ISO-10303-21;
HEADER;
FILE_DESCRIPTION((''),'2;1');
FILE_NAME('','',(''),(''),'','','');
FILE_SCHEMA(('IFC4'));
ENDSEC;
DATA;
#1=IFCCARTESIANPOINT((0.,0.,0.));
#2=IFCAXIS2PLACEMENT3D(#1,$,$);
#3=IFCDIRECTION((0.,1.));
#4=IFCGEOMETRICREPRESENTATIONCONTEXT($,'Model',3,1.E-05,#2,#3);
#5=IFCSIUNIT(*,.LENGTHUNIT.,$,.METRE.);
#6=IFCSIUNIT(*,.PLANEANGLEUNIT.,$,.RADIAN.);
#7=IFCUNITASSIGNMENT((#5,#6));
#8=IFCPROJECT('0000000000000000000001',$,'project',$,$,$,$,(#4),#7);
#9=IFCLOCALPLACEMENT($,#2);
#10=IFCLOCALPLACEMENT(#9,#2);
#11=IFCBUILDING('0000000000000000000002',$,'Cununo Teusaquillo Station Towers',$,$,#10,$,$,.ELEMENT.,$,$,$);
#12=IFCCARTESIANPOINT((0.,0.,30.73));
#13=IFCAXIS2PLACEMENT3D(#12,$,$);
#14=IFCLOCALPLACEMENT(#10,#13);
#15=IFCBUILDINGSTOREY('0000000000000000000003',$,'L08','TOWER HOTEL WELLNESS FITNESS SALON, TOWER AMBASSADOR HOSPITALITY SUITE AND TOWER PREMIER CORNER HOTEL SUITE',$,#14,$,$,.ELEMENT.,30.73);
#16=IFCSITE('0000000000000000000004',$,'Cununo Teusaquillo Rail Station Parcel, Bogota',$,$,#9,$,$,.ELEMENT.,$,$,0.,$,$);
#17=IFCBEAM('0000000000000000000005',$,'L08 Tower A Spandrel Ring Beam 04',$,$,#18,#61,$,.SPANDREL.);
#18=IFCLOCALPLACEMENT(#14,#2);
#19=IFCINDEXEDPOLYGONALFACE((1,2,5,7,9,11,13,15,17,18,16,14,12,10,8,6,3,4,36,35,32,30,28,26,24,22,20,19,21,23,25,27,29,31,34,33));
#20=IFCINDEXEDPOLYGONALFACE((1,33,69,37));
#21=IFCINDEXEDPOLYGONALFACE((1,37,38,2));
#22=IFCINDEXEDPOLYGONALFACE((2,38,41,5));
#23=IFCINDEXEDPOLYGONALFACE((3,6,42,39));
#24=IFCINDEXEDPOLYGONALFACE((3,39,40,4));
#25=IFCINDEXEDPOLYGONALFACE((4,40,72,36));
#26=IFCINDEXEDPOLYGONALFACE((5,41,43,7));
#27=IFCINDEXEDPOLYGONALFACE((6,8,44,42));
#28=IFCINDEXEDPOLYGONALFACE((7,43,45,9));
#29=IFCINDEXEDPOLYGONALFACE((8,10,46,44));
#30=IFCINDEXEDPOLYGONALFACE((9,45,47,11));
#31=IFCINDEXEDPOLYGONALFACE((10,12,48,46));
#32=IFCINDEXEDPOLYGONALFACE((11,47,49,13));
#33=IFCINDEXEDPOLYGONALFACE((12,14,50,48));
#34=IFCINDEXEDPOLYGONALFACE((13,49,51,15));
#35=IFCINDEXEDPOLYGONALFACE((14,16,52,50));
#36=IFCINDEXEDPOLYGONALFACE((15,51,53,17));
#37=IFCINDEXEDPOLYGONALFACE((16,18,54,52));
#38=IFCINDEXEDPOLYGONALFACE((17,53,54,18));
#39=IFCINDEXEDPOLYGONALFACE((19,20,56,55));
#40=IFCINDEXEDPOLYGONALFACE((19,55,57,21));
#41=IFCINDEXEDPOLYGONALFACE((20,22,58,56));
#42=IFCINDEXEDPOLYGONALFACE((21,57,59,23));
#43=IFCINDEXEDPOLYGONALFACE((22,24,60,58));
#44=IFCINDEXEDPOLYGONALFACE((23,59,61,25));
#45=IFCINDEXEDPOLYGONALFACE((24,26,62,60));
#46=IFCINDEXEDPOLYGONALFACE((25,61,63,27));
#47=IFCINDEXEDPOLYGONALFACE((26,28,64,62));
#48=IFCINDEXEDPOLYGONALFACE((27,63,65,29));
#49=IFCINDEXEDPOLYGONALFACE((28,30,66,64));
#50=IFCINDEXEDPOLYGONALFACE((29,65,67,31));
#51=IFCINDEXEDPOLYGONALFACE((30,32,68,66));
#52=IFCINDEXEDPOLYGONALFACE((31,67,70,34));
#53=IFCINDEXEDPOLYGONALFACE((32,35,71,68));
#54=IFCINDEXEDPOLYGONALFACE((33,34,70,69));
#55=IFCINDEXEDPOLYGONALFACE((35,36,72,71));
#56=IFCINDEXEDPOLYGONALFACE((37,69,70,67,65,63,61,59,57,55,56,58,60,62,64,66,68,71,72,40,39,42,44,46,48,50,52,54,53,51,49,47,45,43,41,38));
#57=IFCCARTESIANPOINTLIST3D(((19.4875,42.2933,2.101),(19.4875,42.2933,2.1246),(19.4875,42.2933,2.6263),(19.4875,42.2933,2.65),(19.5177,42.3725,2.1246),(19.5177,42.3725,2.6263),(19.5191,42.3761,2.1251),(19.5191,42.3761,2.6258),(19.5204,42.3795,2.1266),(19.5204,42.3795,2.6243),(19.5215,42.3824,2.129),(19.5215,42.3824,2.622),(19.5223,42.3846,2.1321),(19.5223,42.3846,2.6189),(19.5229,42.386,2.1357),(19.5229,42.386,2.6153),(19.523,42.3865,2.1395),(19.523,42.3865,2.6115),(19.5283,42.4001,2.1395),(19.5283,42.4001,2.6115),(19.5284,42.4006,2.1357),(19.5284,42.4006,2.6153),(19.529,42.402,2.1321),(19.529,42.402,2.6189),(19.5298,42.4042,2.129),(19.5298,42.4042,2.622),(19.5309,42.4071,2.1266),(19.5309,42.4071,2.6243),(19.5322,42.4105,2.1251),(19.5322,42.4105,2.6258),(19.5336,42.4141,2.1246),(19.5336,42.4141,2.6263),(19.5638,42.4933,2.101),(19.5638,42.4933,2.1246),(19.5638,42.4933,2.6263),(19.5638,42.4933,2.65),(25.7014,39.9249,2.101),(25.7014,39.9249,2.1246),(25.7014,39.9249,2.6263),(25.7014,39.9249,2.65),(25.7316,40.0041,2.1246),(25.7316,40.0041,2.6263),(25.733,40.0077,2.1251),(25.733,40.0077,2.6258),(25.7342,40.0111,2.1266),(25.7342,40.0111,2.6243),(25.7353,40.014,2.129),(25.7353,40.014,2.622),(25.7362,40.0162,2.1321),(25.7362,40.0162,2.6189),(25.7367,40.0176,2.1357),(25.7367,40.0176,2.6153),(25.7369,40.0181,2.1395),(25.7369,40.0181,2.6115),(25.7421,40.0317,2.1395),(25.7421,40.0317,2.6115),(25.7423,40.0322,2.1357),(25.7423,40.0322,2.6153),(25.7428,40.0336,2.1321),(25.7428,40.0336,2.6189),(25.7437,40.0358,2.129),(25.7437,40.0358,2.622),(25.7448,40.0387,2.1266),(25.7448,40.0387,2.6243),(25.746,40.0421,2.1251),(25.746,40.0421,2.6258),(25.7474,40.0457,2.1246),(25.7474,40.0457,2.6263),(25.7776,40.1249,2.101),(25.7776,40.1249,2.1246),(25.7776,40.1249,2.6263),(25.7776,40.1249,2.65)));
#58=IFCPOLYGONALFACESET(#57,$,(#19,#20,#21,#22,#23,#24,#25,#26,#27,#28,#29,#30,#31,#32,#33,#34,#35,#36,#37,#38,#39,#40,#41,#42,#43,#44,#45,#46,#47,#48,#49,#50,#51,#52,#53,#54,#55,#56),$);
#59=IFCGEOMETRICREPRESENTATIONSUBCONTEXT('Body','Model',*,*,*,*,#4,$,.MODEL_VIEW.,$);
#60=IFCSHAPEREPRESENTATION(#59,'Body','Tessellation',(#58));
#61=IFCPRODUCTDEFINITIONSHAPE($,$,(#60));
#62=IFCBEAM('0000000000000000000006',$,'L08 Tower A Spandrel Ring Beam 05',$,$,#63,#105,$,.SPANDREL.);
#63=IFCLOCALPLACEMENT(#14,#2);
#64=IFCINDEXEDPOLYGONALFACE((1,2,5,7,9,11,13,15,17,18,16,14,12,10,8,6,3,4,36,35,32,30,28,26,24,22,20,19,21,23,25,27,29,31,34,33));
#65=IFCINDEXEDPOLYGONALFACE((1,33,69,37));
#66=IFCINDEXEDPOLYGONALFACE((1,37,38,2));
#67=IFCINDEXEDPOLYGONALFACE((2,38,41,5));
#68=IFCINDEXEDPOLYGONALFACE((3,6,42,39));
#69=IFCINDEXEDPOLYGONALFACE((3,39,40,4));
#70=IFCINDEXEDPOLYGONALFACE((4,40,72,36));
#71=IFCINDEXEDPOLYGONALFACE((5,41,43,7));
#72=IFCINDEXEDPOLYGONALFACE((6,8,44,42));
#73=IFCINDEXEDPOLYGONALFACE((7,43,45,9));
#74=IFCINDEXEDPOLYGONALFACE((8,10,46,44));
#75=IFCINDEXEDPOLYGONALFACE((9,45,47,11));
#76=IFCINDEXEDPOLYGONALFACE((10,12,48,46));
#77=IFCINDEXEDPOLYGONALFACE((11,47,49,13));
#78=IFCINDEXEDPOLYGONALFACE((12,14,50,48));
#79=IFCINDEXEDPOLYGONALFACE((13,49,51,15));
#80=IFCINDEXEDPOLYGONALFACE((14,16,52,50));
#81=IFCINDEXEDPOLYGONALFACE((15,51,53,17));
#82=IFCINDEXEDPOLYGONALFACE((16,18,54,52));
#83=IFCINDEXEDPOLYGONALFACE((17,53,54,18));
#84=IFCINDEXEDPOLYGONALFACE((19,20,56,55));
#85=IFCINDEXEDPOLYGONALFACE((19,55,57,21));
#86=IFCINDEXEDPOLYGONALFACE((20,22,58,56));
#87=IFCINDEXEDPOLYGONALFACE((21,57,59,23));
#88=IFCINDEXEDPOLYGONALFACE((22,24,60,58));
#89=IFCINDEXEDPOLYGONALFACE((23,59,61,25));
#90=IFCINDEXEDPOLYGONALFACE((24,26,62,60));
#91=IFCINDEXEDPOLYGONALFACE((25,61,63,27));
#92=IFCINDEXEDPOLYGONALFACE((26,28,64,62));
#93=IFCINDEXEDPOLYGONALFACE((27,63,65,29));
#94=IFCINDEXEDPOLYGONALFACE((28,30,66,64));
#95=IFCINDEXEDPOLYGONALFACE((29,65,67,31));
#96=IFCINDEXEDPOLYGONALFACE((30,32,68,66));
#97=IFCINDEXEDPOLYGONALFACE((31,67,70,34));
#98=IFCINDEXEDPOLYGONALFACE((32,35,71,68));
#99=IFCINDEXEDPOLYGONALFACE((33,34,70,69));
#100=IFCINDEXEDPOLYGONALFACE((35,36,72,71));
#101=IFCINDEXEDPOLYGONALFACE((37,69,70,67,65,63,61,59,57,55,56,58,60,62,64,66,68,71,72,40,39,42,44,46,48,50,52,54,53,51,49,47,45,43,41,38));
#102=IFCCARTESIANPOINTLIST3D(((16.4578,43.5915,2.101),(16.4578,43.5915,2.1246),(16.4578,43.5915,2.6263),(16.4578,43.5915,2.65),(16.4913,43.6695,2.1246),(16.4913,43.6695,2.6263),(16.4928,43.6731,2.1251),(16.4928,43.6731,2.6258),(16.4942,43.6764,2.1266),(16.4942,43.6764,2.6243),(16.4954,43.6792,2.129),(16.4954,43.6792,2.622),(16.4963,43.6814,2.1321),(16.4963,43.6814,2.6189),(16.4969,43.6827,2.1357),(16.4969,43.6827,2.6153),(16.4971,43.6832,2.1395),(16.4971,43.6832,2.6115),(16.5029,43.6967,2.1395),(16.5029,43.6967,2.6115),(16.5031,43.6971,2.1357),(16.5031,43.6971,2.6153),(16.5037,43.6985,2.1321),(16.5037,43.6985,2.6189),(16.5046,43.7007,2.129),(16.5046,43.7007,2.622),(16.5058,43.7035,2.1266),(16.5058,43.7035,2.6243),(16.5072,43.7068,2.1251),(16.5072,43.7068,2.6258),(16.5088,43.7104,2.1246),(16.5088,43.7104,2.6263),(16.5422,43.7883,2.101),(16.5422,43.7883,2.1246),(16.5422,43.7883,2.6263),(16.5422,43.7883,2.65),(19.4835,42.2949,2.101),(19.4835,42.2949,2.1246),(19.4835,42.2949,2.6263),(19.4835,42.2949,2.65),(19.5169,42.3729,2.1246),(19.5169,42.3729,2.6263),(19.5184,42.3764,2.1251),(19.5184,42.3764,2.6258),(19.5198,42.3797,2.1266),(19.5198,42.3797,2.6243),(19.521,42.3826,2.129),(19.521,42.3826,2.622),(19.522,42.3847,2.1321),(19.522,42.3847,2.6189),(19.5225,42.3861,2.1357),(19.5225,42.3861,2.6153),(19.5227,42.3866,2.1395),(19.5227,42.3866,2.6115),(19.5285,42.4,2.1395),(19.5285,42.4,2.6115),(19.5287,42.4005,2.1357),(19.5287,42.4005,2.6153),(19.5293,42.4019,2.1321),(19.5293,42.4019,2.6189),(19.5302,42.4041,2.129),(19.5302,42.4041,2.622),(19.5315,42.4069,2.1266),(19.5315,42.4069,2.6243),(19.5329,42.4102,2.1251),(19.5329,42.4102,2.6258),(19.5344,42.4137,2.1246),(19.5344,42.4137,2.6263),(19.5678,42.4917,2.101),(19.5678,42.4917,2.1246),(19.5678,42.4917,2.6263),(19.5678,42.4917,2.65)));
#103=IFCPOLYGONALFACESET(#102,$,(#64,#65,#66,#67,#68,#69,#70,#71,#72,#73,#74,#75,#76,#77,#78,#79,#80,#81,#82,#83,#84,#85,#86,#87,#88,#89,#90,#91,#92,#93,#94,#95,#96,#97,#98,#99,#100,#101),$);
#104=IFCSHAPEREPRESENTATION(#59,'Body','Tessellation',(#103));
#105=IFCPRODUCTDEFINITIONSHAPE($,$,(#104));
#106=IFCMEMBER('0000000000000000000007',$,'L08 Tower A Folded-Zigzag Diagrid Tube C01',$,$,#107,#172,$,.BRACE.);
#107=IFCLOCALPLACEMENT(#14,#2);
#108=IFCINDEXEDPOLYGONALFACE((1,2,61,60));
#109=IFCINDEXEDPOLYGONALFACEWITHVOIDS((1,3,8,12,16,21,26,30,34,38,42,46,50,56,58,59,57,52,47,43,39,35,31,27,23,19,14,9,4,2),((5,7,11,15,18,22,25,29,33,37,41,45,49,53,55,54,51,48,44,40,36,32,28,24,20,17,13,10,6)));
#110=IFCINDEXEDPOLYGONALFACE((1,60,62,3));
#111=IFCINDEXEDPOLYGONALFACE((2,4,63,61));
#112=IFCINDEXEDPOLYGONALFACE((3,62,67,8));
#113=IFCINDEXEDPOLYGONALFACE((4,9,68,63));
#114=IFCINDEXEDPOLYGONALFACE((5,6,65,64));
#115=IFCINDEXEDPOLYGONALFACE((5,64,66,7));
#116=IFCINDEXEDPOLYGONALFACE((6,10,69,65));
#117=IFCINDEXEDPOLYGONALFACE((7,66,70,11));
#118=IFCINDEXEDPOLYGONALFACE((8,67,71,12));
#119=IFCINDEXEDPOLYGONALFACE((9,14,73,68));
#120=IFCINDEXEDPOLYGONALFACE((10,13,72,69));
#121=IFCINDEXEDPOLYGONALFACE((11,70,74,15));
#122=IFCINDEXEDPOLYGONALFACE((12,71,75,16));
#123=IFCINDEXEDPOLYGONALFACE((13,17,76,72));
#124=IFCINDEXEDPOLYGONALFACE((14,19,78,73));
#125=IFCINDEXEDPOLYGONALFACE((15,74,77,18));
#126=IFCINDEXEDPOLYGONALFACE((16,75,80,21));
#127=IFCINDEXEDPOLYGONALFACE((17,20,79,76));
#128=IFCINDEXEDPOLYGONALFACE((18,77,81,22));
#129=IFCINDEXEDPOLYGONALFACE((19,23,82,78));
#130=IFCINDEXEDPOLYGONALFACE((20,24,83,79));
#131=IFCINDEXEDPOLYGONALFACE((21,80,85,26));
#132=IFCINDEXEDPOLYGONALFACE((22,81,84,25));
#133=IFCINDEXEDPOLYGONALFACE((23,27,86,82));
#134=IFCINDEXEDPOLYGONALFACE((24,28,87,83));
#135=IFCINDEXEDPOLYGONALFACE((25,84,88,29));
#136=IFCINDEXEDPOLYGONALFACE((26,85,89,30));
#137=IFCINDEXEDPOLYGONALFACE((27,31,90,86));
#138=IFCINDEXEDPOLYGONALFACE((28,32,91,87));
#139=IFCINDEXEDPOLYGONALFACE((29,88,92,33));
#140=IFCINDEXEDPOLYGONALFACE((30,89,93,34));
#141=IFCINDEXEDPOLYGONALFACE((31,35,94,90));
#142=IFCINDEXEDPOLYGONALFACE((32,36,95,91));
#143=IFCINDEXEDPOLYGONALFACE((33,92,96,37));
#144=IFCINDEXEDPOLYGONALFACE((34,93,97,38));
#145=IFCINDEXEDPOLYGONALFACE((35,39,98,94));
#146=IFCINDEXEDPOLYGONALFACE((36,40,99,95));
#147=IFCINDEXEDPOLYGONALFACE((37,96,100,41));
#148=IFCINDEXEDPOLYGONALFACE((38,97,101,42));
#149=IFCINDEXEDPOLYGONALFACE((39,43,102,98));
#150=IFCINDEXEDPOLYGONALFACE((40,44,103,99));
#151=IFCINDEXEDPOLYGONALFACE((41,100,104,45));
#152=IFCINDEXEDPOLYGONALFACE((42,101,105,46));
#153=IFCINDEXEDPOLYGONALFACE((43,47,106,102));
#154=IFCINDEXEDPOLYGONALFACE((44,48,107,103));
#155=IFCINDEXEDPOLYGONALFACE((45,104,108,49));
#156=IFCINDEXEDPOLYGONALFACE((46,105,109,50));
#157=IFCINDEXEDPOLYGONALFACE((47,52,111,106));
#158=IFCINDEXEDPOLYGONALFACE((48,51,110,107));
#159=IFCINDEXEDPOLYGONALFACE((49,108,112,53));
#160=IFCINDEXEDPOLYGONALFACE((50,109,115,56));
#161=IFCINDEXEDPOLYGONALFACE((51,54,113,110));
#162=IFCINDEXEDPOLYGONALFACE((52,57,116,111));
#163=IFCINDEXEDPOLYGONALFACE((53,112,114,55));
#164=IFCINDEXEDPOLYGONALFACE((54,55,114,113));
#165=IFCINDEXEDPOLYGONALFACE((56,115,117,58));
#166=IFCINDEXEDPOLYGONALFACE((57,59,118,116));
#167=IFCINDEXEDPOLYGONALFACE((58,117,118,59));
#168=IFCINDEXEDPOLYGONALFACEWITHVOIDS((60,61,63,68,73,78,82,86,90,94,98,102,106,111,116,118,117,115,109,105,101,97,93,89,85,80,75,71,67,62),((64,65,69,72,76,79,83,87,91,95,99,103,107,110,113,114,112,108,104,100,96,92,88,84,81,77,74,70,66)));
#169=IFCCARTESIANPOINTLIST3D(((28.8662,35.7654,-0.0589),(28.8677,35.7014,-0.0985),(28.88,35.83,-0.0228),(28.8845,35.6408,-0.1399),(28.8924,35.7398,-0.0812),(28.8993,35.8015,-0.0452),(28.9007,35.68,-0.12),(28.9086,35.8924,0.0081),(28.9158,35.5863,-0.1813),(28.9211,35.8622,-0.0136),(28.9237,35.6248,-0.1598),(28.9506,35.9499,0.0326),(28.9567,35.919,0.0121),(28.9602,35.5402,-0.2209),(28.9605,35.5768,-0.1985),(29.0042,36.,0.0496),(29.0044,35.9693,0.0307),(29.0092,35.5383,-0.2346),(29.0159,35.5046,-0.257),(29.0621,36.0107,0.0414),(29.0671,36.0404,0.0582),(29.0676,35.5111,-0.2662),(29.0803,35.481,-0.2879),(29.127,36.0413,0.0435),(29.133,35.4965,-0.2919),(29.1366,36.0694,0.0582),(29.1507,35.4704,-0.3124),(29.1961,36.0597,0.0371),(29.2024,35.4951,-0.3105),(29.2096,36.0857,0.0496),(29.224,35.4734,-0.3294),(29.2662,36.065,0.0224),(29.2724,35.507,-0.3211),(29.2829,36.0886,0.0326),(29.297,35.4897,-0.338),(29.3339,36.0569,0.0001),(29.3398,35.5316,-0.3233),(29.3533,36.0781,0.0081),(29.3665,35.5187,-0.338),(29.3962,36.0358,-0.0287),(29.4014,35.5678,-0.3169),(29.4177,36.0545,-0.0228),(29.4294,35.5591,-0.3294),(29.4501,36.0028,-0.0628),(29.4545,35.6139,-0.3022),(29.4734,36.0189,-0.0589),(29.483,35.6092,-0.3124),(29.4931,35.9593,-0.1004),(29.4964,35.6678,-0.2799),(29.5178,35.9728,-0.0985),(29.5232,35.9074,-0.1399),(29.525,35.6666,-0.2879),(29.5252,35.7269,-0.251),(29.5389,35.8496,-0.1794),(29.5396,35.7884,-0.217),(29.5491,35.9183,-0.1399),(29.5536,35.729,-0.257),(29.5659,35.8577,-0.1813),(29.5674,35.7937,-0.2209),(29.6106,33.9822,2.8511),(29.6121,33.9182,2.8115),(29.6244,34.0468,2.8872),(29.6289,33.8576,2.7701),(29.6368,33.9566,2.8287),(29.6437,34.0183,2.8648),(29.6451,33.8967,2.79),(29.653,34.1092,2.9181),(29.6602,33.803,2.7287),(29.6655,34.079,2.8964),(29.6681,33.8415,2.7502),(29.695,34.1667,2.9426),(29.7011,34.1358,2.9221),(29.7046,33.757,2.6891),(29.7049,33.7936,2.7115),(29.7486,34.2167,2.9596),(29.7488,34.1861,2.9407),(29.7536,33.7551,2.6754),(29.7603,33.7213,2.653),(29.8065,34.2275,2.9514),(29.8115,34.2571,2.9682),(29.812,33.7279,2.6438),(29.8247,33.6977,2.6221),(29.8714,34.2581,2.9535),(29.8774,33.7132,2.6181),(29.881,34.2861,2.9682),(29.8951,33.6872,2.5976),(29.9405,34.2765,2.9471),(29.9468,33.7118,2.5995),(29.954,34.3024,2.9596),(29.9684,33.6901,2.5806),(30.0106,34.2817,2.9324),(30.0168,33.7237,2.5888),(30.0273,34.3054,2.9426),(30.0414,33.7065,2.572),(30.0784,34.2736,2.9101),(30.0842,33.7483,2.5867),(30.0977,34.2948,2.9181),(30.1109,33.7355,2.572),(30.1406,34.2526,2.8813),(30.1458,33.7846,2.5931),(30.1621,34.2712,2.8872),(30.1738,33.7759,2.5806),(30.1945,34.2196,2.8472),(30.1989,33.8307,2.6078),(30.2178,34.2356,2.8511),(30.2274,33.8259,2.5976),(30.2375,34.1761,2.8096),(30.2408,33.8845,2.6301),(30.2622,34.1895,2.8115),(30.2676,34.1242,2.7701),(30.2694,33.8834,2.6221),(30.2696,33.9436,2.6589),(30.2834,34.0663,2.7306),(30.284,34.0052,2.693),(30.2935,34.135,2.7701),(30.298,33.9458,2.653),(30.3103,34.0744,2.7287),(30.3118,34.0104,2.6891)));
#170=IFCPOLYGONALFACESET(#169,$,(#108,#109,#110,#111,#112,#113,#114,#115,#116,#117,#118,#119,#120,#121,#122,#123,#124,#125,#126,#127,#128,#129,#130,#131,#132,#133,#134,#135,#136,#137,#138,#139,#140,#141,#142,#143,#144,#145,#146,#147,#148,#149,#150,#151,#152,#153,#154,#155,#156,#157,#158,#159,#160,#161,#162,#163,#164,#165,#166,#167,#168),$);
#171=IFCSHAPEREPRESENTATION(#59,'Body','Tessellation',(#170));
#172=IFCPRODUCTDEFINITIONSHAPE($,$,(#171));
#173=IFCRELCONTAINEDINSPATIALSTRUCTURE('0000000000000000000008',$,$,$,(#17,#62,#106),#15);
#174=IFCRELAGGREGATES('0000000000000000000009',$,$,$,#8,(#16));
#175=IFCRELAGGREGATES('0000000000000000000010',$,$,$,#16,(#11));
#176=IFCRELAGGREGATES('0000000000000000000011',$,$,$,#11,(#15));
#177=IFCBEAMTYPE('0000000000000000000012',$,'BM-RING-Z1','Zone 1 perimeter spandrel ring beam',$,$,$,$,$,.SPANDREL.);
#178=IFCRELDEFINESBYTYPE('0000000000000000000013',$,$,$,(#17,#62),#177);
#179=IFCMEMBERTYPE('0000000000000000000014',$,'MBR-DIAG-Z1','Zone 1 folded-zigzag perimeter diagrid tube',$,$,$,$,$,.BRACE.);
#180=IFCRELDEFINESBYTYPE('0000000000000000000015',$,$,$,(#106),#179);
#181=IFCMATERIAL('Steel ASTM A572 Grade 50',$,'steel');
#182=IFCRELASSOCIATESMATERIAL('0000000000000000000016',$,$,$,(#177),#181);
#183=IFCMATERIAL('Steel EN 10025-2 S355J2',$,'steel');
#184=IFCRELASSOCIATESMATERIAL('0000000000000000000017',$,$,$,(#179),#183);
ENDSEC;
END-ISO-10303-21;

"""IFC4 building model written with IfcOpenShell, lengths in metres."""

from ifc_helpers import new_model, si_unit, direction, frame, origin, origin_2d, place, context, subcontext, project, spatial, hollow_circle, i_section, extrude, material, material_profile, profile_set, type_object, element, save


model = new_model("IFC4")

# Units and contexts
model_context = context("Model", 3, precision=1e-05, world=origin(), true_north=direction((0.0, 1.0)))
body_context = subcontext(model_context, "Body", "Model", "MODEL_VIEW")
ifc_project = project(units=[si_unit("LENGTHUNIT", "METRE"), si_unit("PLANEANGLEUNIT", "RADIAN")], contexts=[model_context])

# Site, building, storey
site_placement = place(None, origin())
site = spatial("IfcSite", under=ifc_project, at=site_placement, Name="Cununo Teusaquillo Rail Station Parcel, Bogota", CompositionType="ELEMENT", RefElevation=0.0)
building_placement = place(site_placement, origin())
building = spatial("IfcBuilding", under=site, at=building_placement, Name="Cununo Teusaquillo Station Towers", CompositionType="ELEMENT")
storey_placement = place(building_placement, frame((0.0, 0.0, 30.73)))
storey = spatial("IfcBuildingStorey", under=building, at=storey_placement, Name="L08", Description="TOWER HOTEL WELLNESS FITNESS SALON, TOWER AMBASSADOR HOSPITALITY SUITE AND TOWER PREMIER CORNER HOTEL SUITE", CompositionType="ELEMENT", Elevation=30.73)

# Beams
ifc_material_1 = material(Name="Steel ASTM A572 Grade 50", Category="steel")
ifc_material_profile_1 = material_profile(ifc_material_1, i_section(OverallWidth=0.2141, OverallDepth=0.5491, WebThickness=0.0146, FlangeThickness=0.0237, FilletRadius=0.0149, at=origin_2d()), Name="W21X93")
ifc_profile_set_1 = profile_set([ifc_material_profile_1], Name="Steel ASTM A572 Grade 50")
beam_type_1 = type_object("IfcBeamType", Name="BM-RING-Z1", Description="Zone 1 perimeter spandrel ring beam", PredefinedType="SPANDREL", material=ifc_profile_set_1)
beam_1_placement = place(storey_placement, frame((25.7395, 40.0249, 2.3755), z_axis=(-0.934427, 0.356156, 0.0), x_axis=(-0.356156, -0.934427, 0.0)))
element("IfcBeam", 1, at=beam_1_placement, inside=storey, type_object=beam_type_1, Name="L08 Tower A Spandrel Ring Beam 04", PredefinedType="SPANDREL", context=body_context, shape_type="SweptSolid", body=[
    extrude(i_section(OverallWidth=0.2141, OverallDepth=0.5491, WebThickness=0.0146, FlangeThickness=0.0237, FilletRadius=0.0149, at=origin_2d()), origin(), (0.0, 0.0, 1.0), 6.6499),
])
beam_2_placement = place(storey_placement, frame((19.5256, 42.3933, 2.3755), z_axis=(-0.919153, 0.393901, 0.0), x_axis=(-0.393901, -0.919153, 0.0)))
element("IfcBeam", 2, at=beam_2_placement, inside=storey, type_object=beam_type_1, Name="L08 Tower A Spandrel Ring Beam 05", PredefinedType="SPANDREL", context=body_context, shape_type="SweptSolid", body=[
    extrude(i_section(OverallWidth=0.2141, OverallDepth=0.5491, WebThickness=0.0146, FlangeThickness=0.0237, FilletRadius=0.0149, at=origin_2d()), origin(), (0.0, 0.0, 1.0), 3.2917),
])

# Member
ifc_material_2 = material(Name="Steel EN 10025-2 S355J2", Category="steel")
ifc_material_profile_2 = material_profile(ifc_material_2, hollow_circle(Radius=0.3601, WallThickness=0.0281, at=origin_2d()), Name="CHS 720x28")
ifc_profile_set_2 = profile_set([ifc_material_profile_2], Name="Steel EN 10025-2 S355J2")
member_type = type_object("IfcMemberType", Name="MBR-DIAG-Z1", Description="Zone 1 folded-zigzag perimeter diagrid tube", PredefinedType="BRACE", material=ifc_profile_set_2)
member_1_placement = place(storey_placement, frame((29.2168, 35.7795, -0.1399), z_axis=(0.213104, -0.510498, 0.833054), x_axis=(0.922823, 0.385225, 0.0)))
element("IfcMember", 3, at=member_1_placement, inside=storey, type_object=member_type, Name="L08 Tower A Folded-Zigzag Diagrid Tube C01", PredefinedType="BRACE", context=body_context, shape_type="SweptSolid", body=[
    extrude(hollow_circle(Radius=0.3601, WallThickness=0.0281, at=origin_2d()), origin(), (0.0, 0.0, 1.0), 3.4932),
])

save(model, "model.ifc")
